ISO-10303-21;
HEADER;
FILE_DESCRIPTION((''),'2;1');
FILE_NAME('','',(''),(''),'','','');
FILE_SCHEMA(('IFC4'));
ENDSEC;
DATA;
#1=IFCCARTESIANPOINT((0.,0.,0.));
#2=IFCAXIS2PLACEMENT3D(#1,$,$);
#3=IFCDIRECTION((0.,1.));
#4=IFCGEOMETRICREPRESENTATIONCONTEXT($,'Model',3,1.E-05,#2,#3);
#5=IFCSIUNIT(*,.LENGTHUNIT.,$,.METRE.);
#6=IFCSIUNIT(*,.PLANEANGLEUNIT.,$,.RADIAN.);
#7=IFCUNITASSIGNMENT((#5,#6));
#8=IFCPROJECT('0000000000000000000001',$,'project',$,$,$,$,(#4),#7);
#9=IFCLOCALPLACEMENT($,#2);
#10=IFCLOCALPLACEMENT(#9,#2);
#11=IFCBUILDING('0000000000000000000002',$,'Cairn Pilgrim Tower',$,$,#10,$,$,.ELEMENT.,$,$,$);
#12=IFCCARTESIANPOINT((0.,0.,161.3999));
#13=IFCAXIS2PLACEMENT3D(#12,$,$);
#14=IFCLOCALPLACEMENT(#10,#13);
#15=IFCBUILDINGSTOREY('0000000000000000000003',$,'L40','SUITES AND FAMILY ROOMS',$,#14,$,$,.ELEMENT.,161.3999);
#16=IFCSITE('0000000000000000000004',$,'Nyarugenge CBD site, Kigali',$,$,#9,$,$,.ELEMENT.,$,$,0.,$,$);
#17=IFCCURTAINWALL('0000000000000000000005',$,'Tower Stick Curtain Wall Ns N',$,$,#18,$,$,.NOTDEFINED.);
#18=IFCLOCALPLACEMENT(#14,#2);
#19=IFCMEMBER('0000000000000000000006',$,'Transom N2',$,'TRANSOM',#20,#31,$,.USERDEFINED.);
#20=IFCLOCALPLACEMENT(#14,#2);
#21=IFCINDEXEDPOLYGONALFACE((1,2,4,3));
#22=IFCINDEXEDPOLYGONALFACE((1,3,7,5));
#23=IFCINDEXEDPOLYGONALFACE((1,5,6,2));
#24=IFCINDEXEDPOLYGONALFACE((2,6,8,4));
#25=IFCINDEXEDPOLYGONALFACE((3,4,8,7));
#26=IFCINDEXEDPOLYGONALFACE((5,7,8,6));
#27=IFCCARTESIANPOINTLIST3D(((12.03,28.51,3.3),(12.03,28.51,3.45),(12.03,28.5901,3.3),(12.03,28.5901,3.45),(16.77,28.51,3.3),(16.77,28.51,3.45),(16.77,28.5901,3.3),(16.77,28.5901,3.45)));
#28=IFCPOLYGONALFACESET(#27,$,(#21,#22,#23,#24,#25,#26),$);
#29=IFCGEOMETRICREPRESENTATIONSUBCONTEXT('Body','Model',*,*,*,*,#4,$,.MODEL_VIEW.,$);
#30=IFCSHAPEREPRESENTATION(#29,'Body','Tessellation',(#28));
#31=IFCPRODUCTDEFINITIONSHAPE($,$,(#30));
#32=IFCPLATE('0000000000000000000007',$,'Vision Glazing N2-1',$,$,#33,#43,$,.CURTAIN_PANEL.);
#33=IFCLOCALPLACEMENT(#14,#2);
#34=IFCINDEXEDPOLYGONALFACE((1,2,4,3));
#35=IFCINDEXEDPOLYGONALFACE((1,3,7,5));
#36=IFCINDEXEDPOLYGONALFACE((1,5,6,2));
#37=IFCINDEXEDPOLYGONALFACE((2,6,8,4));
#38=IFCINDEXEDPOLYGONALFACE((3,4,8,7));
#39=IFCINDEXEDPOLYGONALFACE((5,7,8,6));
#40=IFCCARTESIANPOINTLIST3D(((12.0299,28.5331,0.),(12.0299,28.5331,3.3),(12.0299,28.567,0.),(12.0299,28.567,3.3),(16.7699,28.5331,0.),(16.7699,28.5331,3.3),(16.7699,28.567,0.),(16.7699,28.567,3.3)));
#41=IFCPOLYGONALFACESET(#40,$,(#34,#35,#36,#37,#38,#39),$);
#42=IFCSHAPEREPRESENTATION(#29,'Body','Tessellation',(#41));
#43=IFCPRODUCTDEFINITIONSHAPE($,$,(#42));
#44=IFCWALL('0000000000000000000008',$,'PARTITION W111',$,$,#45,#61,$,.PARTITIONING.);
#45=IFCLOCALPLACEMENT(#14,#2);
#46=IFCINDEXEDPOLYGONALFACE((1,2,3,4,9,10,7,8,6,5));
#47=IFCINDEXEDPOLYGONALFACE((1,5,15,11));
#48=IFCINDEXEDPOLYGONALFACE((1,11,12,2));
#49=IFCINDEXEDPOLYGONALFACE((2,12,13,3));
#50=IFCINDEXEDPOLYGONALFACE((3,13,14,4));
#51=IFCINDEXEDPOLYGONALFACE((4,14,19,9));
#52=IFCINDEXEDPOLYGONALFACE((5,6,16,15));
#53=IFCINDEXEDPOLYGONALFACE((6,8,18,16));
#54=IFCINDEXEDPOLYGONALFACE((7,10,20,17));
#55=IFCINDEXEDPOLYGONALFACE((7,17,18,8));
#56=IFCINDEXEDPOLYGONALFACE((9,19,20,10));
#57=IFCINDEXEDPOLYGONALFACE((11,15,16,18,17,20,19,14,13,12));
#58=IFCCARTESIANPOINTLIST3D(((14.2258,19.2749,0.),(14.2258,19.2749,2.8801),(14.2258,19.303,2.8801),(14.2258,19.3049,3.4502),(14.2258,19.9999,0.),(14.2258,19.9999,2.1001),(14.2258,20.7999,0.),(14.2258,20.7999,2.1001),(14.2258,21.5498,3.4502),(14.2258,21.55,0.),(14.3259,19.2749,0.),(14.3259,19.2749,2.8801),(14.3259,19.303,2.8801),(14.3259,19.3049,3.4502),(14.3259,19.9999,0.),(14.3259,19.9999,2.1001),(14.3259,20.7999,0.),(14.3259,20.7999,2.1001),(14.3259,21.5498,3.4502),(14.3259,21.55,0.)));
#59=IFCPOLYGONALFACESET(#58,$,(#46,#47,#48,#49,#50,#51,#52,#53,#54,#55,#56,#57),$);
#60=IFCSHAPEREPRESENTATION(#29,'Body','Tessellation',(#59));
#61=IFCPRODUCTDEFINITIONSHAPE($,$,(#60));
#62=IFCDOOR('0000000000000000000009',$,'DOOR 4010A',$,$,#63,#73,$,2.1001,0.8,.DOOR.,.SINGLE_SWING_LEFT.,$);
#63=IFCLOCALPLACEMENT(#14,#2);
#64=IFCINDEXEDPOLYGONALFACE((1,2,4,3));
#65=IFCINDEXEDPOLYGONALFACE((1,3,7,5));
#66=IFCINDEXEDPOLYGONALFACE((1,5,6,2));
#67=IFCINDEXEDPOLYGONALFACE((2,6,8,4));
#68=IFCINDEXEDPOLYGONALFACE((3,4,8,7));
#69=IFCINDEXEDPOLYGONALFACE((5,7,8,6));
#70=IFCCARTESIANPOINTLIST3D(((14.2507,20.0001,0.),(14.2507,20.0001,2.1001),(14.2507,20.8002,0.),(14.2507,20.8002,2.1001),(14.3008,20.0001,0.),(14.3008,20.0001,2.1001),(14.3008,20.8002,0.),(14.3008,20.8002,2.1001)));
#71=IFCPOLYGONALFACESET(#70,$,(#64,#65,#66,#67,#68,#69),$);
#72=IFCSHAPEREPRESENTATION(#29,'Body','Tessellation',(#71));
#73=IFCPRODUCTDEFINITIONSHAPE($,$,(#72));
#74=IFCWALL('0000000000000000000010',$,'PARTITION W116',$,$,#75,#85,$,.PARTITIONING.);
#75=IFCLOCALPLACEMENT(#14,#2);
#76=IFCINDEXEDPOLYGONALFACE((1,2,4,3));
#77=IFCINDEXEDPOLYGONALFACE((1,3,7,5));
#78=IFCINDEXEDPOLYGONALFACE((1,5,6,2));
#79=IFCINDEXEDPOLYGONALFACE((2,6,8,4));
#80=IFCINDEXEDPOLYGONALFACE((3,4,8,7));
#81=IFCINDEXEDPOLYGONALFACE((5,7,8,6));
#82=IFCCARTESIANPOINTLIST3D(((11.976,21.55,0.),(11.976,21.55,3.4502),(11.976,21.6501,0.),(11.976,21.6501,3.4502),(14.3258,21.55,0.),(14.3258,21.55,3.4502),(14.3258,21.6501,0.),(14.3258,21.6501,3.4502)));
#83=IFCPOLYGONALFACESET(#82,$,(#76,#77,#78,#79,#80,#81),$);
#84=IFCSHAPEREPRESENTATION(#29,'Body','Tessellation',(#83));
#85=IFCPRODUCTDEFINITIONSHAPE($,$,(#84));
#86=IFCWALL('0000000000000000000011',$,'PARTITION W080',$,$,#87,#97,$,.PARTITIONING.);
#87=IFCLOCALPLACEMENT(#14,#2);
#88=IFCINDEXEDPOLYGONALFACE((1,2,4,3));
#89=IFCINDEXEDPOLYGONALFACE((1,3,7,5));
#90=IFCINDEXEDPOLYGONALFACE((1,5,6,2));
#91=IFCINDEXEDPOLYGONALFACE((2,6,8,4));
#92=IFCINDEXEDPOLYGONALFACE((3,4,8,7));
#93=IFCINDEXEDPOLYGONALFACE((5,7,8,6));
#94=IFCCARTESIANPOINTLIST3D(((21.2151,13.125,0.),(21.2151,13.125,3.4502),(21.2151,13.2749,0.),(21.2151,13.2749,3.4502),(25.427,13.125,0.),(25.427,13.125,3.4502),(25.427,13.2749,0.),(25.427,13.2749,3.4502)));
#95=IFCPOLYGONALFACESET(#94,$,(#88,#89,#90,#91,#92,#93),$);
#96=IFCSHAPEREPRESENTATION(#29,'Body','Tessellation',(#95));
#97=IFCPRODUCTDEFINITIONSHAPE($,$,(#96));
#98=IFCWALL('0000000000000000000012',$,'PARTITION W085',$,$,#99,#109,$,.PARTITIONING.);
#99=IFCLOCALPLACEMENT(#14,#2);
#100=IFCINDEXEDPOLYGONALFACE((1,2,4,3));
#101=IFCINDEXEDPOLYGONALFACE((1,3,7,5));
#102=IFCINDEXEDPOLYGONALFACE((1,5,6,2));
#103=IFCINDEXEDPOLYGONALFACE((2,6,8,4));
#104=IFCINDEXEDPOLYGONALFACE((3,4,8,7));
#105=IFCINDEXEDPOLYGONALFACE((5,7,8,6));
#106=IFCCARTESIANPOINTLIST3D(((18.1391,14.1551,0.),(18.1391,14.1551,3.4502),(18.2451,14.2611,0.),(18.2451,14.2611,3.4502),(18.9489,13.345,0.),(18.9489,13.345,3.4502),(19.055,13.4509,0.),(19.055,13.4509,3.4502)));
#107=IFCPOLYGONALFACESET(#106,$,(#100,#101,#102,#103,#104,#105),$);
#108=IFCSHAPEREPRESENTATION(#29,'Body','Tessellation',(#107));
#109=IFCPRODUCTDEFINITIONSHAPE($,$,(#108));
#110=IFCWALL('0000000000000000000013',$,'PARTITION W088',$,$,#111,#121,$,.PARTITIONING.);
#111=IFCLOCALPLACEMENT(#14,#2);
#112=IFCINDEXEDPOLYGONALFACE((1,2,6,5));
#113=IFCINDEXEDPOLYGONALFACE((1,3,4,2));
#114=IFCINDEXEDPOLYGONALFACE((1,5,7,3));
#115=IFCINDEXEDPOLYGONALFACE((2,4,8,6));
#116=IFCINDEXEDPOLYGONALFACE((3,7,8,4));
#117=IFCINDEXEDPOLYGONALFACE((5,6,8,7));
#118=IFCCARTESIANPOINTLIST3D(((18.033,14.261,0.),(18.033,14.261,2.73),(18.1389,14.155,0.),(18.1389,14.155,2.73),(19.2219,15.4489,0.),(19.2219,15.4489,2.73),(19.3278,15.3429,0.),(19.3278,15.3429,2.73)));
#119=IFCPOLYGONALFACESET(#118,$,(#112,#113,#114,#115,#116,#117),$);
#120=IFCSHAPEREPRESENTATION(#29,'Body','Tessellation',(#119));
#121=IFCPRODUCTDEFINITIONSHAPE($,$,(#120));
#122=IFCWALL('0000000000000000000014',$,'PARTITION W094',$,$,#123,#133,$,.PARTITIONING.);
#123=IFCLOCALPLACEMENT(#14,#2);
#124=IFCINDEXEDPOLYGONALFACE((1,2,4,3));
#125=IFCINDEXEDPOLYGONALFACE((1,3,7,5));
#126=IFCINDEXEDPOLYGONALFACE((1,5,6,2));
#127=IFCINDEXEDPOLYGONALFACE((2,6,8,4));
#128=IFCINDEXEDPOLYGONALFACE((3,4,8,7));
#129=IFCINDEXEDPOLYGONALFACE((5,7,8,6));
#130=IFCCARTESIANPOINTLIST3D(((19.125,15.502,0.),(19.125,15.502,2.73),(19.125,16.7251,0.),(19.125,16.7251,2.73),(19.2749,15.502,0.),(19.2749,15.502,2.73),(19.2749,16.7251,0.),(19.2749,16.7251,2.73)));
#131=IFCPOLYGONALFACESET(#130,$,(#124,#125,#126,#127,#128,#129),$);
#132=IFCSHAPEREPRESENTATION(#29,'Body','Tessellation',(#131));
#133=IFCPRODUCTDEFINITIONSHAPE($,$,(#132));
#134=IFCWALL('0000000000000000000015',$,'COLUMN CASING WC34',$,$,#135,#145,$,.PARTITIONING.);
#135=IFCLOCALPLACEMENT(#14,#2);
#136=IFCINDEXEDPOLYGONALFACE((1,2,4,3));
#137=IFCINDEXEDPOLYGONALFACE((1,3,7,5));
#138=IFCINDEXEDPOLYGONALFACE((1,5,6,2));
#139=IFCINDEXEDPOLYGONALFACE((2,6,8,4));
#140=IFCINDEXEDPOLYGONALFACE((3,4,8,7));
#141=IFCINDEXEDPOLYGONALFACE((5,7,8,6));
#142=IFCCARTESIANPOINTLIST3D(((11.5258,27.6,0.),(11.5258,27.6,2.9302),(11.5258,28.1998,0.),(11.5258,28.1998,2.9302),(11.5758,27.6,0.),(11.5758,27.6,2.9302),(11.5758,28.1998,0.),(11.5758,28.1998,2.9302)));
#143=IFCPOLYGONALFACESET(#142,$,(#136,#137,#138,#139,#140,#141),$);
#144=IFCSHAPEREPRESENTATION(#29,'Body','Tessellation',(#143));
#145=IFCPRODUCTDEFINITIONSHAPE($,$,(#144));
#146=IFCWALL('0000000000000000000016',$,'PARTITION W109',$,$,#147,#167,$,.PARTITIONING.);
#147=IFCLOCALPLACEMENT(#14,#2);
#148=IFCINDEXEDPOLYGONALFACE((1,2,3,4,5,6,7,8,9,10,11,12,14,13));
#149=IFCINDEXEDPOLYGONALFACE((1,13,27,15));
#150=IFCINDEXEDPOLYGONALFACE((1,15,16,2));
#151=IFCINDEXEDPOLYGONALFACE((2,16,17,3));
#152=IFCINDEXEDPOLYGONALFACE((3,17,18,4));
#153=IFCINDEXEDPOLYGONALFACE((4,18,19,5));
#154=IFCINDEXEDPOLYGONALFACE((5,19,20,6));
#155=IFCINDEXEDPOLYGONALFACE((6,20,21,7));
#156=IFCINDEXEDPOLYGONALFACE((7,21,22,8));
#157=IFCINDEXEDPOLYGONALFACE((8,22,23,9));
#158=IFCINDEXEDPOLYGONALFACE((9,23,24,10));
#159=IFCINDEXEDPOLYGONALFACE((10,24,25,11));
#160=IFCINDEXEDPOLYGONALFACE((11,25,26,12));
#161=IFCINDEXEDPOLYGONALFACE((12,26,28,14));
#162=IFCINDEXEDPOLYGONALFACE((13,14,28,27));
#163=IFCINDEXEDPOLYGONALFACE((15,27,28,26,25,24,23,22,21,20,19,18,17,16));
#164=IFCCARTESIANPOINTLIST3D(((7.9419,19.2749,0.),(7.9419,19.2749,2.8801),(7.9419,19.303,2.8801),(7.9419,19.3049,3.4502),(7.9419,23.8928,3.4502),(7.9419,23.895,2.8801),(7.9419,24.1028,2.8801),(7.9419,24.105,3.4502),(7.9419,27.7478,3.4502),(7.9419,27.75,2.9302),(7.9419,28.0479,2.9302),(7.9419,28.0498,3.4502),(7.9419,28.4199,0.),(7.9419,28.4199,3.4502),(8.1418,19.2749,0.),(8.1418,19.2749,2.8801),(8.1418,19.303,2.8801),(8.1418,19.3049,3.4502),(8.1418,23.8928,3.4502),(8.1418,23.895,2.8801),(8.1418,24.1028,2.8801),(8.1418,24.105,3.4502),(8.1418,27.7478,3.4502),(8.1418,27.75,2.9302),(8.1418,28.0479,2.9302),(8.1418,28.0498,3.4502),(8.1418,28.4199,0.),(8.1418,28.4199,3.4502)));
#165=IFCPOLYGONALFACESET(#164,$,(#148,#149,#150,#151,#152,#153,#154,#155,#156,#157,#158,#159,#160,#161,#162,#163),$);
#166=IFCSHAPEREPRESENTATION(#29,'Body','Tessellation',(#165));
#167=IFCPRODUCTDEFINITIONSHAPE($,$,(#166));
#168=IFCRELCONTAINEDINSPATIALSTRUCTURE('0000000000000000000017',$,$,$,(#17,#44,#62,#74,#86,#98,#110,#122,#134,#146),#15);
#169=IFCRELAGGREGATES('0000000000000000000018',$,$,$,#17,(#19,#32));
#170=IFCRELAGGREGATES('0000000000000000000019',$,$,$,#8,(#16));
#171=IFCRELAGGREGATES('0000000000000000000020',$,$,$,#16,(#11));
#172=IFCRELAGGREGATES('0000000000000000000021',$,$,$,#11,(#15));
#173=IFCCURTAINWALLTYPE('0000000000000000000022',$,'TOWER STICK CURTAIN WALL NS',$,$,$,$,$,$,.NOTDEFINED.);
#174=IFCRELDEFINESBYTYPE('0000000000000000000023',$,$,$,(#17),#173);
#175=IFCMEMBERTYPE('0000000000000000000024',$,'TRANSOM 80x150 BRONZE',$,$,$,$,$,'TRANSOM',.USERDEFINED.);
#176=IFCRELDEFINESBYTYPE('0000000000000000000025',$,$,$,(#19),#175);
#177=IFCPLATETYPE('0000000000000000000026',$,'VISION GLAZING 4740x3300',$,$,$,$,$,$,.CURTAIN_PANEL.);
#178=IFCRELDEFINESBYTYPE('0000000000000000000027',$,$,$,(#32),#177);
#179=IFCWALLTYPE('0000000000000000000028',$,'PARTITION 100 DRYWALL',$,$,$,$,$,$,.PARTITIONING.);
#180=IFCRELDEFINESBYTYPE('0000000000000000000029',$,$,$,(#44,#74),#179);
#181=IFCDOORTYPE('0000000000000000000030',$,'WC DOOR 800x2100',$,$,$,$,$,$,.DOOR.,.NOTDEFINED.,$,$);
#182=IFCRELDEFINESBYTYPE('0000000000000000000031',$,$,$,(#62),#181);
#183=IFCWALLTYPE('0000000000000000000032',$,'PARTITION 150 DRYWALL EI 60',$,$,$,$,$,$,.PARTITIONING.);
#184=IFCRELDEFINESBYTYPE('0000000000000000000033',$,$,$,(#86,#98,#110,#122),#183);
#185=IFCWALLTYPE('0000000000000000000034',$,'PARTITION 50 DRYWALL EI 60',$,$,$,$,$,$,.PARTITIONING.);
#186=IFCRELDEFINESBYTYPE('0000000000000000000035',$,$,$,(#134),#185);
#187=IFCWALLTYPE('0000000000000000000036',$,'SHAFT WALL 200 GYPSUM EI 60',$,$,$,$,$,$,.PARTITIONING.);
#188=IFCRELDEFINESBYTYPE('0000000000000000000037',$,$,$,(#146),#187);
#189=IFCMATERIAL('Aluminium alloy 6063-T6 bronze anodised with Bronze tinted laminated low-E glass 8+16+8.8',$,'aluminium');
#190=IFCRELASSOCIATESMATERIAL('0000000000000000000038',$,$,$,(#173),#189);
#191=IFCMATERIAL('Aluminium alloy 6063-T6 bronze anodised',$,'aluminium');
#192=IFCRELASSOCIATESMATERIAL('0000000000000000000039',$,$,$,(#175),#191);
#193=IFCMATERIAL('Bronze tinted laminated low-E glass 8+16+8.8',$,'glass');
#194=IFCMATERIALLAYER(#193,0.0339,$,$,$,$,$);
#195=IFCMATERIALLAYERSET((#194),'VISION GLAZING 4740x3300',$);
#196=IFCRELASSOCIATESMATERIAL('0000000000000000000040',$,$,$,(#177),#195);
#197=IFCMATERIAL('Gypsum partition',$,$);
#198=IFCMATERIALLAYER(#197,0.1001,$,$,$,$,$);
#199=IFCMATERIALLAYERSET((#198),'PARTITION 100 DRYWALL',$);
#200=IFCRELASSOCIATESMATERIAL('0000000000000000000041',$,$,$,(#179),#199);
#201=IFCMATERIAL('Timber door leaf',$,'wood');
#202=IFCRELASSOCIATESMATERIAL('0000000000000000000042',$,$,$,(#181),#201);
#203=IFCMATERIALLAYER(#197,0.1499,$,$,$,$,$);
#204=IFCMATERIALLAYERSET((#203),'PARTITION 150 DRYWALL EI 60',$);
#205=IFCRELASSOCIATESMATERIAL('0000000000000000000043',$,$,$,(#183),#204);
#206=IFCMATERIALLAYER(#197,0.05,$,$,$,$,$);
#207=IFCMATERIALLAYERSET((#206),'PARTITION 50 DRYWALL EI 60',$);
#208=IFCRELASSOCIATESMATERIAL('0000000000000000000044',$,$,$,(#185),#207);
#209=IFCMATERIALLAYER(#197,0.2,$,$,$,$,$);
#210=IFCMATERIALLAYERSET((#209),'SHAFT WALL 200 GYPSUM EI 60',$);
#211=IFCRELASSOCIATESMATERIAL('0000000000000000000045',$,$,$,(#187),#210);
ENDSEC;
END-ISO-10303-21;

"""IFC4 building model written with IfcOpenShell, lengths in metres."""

from ifc_helpers import new_model, si_unit, direction, frame, frame_2d, origin, origin_2d, place, context, subcontext, project, spatial, polyline, rectangle, outline, extrude, material, layer, layer_set, material_profile, profile_set, type_object, element, fill, aggregate, save


model = new_model("IFC4")

# Units and contexts
model_context = context("Model", 3, precision=1e-05, world=origin(), true_north=direction((0.0, 1.0)))
body_context = subcontext(model_context, "Body", "Model", "MODEL_VIEW")
ifc_project = project(units=[si_unit("LENGTHUNIT", "METRE"), si_unit("PLANEANGLEUNIT", "RADIAN")], contexts=[model_context])

# Site, building, storey
site_placement = place(None, origin())
site = spatial("IfcSite", under=ifc_project, at=site_placement, Name="Nyarugenge CBD site, Kigali", CompositionType="ELEMENT", RefElevation=0.0)
building_placement = place(site_placement, origin())
building = spatial("IfcBuilding", under=site, at=building_placement, Name="Cairn Pilgrim Tower", CompositionType="ELEMENT")
storey_placement = place(building_placement, frame((0.0, 0.0, 161.3999)))
storey = spatial("IfcBuildingStorey", under=building, at=storey_placement, Name="L40", Description="SUITES AND FAMILY ROOMS", CompositionType="ELEMENT", Elevation=161.3999)

# Curtain wall
ifc_material_1 = material(Name="Aluminium alloy 6063-T6 bronze anodised with Bronze tinted laminated low-E glass 8+16+8.8", Category="aluminium")
curtain_wall_type = type_object("IfcCurtainWallType", Name="TOWER STICK CURTAIN WALL NS", PredefinedType="NOTDEFINED", material=ifc_material_1)
curtain_wall_placement = place(storey_placement, origin())
curtain_wall = element("IfcCurtainWall", 1, at=curtain_wall_placement, inside=storey, type_object=curtain_wall_type, Name="Tower Stick Curtain Wall Ns N", PredefinedType="NOTDEFINED")
ifc_material_2 = material(Name="Aluminium alloy 6063-T6 bronze anodised", Category="aluminium")

# Member
ifc_material_profile_1 = material_profile(ifc_material_2, rectangle(XDim=0.0801, YDim=0.1499, at=origin_2d()), Name="TRANSOM 80x150 BRONZE")
ifc_profile_set_1 = profile_set([ifc_material_profile_1], Name="Aluminium alloy 6063-T6 bronze anodised")
member_type_1 = type_object("IfcMemberType", Name="TRANSOM 80x150 BRONZE", ElementType="TRANSOM", PredefinedType="USERDEFINED", material=ifc_profile_set_1)
member_1_placement = place(storey_placement, frame((16.77, 28.55, 3.375), z_axis=(-1.0, 0.0, 0.0), x_axis=(0.0, -1.0, 0.0)))
member_1 = element("IfcMember", 2, at=member_1_placement, type_object=member_type_1, Name="Transom N2", ObjectType="TRANSOM", PredefinedType="USERDEFINED", context=body_context, shape_type="SweptSolid", body=[
    extrude(rectangle(XDim=0.0801, YDim=0.1499, at=origin_2d()), origin(), (0.0, 0.0, 1.0), 4.74),
])

# Plate
ifc_material_3 = material(Name="Bronze tinted laminated low-E glass 8+16+8.8", Category="glass")
ifc_layer_1 = layer(ifc_material_3, 0.0339)
ifc_layer_set_1 = layer_set([ifc_layer_1], Name="VISION GLAZING 4740x3300")
plate_type = type_object("IfcPlateType", Name="VISION GLAZING 4740x3300", PredefinedType="CURTAIN_PANEL", material=ifc_layer_set_1)
plate_placement = place(storey_placement, frame((14.3999, 28.55, 0.0), z_axis=(0.0, 0.0, 1.0), x_axis=(-1.0, 0.0, 0.0)))
plate = element("IfcPlate", 3, at=plate_placement, type_object=plate_type, Name="Vision Glazing N2-1", PredefinedType="CURTAIN_PANEL", context=body_context, shape_type="SweptSolid", body=[
    extrude(rectangle(XDim=4.74, YDim=0.0339, at=origin_2d()), origin(), (0.0, 0.0, 1.0), 3.3),
])
aggregate(curtain_wall, [member_1, plate])

# Wall, opening, door
ifc_material_4 = material(Name="Gypsum partition")
ifc_layer_2 = layer(ifc_material_4, 0.1001)
ifc_layer_set_2 = layer_set([ifc_layer_2], Name="PARTITION 100 DRYWALL")
wall_type_1 = type_object("IfcWallType", Name="PARTITION 100 DRYWALL", PredefinedType="PARTITIONING", material=ifc_layer_set_2)
wall_1_placement = place(storey_placement, frame((14.2759, 19.2749, 0.0), z_axis=(0.0, 0.0, 1.0), x_axis=(0.0, 1.0, 0.0)))
wall_1 = element("IfcWall", 4, at=wall_1_placement, inside=storey, type_object=wall_type_1, Name="PARTITION W111", PredefinedType="PARTITIONING", context=body_context, shape_type="SweptSolid", body=[
    extrude(outline(polyline([(0.0, 0.0), (2.2751, 0.0), (2.2749, 3.4502), (0.03, 3.4502), (0.0281, 2.8801), (0.0, 2.8801), (0.0, 0.0)])), frame((0.0, 0.05, 0.0), z_axis=(0.0, -1.0, 0.0), x_axis=(1.0, 0.0, 0.0)), (0.0, 0.0, 1.0), 0.1001),
])
opening_1_placement = place(wall_1_placement, frame((0.7251, 0.0, 0.0)))
opening_1 = element("IfcOpeningElement", 5, at=opening_1_placement, cuts=wall_1, PredefinedType="OPENING", context=body_context, shape_type="SweptSolid", body=[
    extrude(rectangle(XDim=0.8, YDim=2.1001, at=frame_2d((0.3999, 1.05))), frame((0.0, 0.0601, 0.0), z_axis=(0.0, -1.0, 0.0), x_axis=(1.0, 0.0, 0.0)), (0.0, 0.0, 1.0), 0.1201),
])
ifc_material_5 = material(Name="Timber door leaf", Category="wood")
door_type_1 = type_object("IfcDoorType", Name="WC DOOR 800x2100", OperationType="NOTDEFINED", PredefinedType="DOOR", material=ifc_material_5)
door_1_placement = place(opening_1_placement, frame((0.8, 0.0, 0.0), z_axis=(0.0, 0.0, 1.0), x_axis=(-1.0, 0.0, 0.0)))
door_1 = element("IfcDoor", 6, at=door_1_placement, inside=storey, type_object=door_type_1, Name="DOOR 4010A", OperationType="SINGLE_SWING_LEFT", OverallHeight=2.1001, OverallWidth=0.8, PredefinedType="DOOR", context=body_context, shape_type="SweptSolid", body=[
    extrude(rectangle(XDim=0.8, YDim=2.1001, at=frame_2d((0.3999, 1.05))), frame((0.0, 0.0249, 0.0), z_axis=(0.0, -1.0, 0.0), x_axis=(1.0, 0.0, 0.0)), (0.0, 0.0, 1.0), 0.05),
])
fill(opening_1, door_1)

# Walls
wall_2_placement = place(storey_placement, frame((11.9761, 21.6001, 0.0), z_axis=(0.0, 0.0, 1.0), x_axis=(1.0, 0.0, 0.0)))
element("IfcWall", 7, at=wall_2_placement, inside=storey, type_object=wall_type_1, Name="PARTITION W116", PredefinedType="PARTITIONING", context=body_context, shape_type="SweptSolid", body=[
    extrude(rectangle(XDim=2.3499, YDim=0.1001, at=frame_2d((1.1748, 0.0))), origin(), (0.0, 0.0, 1.0), 3.4502),
])
ifc_layer_3 = layer(ifc_material_4, 0.1499)
ifc_layer_set_3 = layer_set([ifc_layer_3], Name="PARTITION 150 DRYWALL EI 60")
wall_type_2 = type_object("IfcWallType", Name="PARTITION 150 DRYWALL EI 60", PredefinedType="PARTITIONING", material=ifc_layer_set_3)
wall_3_placement = place(storey_placement, frame((21.2151, 13.2, 0.0), z_axis=(0.0, 0.0, 1.0), x_axis=(1.0, 0.0, 0.0)))
element("IfcWall", 8, at=wall_3_placement, inside=storey, type_object=wall_type_2, Name="PARTITION W080", PredefinedType="PARTITIONING", context=body_context, shape_type="SweptSolid", body=[
    extrude(rectangle(XDim=4.2119, YDim=0.1499, at=frame_2d((2.106, 0.0))), origin(), (0.0, 0.0, 1.0), 3.4502),
])
wall_4_placement = place(storey_placement, frame((19.002, 13.3979, 0.0), z_axis=(0.0, 0.0, 1.0), x_axis=(-0.707, 0.707213, 0.0)))
element("IfcWall", 9, at=wall_4_placement, inside=storey, type_object=wall_type_2, Name="PARTITION W085", PredefinedType="PARTITIONING", context=body_context, shape_type="SweptSolid", body=[
    extrude(rectangle(XDim=1.1455, YDim=0.1499, at=frame_2d((0.5728, 0.0))), origin(), (0.0, 0.0, 1.0), 3.4502),
])
wall_5_placement = place(storey_placement, frame((18.0859, 14.208, 0.0), z_axis=(0.0, 0.0, 1.0), x_axis=(0.707397, 0.706816, 0.0)))
element("IfcWall", 10, at=wall_5_placement, inside=storey, type_object=wall_type_2, Name="PARTITION W088", PredefinedType="PARTITIONING", context=body_context, shape_type="SweptSolid", body=[
    extrude(rectangle(XDim=1.6807, YDim=0.1499, at=frame_2d((0.8403, 0.0))), origin(), (0.0, 0.0, 1.0), 2.73),
])
wall_6_placement = place(storey_placement, frame((19.2, 15.502, 0.0), z_axis=(0.0, 0.0, 1.0), x_axis=(0.0, 1.0, 0.0)))
element("IfcWall", 11, at=wall_6_placement, inside=storey, type_object=wall_type_2, Name="PARTITION W094", PredefinedType="PARTITIONING", context=body_context, shape_type="SweptSolid", body=[
    extrude(rectangle(XDim=1.2231, YDim=0.1499, at=frame_2d((0.6116, 0.0))), origin(), (0.0, 0.0, 1.0), 2.73),
])
ifc_layer_4 = layer(ifc_material_4, 0.05)
ifc_layer_set_4 = layer_set([ifc_layer_4], Name="PARTITION 50 DRYWALL EI 60")
wall_type_3 = type_object("IfcWallType", Name="PARTITION 50 DRYWALL EI 60", PredefinedType="PARTITIONING", material=ifc_layer_set_4)
wall_7_placement = place(storey_placement, frame((11.5508, 27.6001, 0.0), z_axis=(0.0, 0.0, 1.0), x_axis=(0.0, 1.0, 0.0)))
element("IfcWall", 12, at=wall_7_placement, inside=storey, type_object=wall_type_3, Name="COLUMN CASING WC34", PredefinedType="PARTITIONING", context=body_context, shape_type="SweptSolid", body=[
    extrude(rectangle(XDim=0.5999, YDim=0.05, at=frame_2d((0.2998, 0.0))), origin(), (0.0, 0.0, 1.0), 2.9302),
])
ifc_layer_5 = layer(ifc_material_4, 0.2)
ifc_layer_set_5 = layer_set([ifc_layer_5], Name="SHAFT WALL 200 GYPSUM EI 60")
wall_type_4 = type_object("IfcWallType", Name="SHAFT WALL 200 GYPSUM EI 60", PredefinedType="PARTITIONING", material=ifc_layer_set_5)
wall_8_placement = place(storey_placement, frame((8.042, 19.2749, 0.0), z_axis=(0.0, 0.0, 1.0), x_axis=(0.0, 1.0, 0.0)))
element("IfcWall", 13, at=wall_8_placement, inside=storey, type_object=wall_type_4, Name="PARTITION W109", PredefinedType="PARTITIONING", context=body_context, shape_type="SweptSolid", body=[
    extrude(outline(polyline([(0.0, 0.0), (9.145, 0.0), (9.145, 3.4502), (8.7749, 3.4502), (8.7729, 2.9302), (8.4751, 2.9302), (8.4729, 3.4502), (4.8301, 3.4502), (4.8279, 2.8801), (4.6201, 2.8801), (4.6179, 3.4502), (0.03, 3.4502), (0.0281, 2.8801), (0.0, 2.8801), (0.0, 0.0)])), frame((0.0, 0.1001, 0.0), z_axis=(0.0, -1.0, 0.0), x_axis=(1.0, 0.0, 0.0)), (0.0, 0.0, 1.0), 0.2),
])

save(model, "model.ifc")
